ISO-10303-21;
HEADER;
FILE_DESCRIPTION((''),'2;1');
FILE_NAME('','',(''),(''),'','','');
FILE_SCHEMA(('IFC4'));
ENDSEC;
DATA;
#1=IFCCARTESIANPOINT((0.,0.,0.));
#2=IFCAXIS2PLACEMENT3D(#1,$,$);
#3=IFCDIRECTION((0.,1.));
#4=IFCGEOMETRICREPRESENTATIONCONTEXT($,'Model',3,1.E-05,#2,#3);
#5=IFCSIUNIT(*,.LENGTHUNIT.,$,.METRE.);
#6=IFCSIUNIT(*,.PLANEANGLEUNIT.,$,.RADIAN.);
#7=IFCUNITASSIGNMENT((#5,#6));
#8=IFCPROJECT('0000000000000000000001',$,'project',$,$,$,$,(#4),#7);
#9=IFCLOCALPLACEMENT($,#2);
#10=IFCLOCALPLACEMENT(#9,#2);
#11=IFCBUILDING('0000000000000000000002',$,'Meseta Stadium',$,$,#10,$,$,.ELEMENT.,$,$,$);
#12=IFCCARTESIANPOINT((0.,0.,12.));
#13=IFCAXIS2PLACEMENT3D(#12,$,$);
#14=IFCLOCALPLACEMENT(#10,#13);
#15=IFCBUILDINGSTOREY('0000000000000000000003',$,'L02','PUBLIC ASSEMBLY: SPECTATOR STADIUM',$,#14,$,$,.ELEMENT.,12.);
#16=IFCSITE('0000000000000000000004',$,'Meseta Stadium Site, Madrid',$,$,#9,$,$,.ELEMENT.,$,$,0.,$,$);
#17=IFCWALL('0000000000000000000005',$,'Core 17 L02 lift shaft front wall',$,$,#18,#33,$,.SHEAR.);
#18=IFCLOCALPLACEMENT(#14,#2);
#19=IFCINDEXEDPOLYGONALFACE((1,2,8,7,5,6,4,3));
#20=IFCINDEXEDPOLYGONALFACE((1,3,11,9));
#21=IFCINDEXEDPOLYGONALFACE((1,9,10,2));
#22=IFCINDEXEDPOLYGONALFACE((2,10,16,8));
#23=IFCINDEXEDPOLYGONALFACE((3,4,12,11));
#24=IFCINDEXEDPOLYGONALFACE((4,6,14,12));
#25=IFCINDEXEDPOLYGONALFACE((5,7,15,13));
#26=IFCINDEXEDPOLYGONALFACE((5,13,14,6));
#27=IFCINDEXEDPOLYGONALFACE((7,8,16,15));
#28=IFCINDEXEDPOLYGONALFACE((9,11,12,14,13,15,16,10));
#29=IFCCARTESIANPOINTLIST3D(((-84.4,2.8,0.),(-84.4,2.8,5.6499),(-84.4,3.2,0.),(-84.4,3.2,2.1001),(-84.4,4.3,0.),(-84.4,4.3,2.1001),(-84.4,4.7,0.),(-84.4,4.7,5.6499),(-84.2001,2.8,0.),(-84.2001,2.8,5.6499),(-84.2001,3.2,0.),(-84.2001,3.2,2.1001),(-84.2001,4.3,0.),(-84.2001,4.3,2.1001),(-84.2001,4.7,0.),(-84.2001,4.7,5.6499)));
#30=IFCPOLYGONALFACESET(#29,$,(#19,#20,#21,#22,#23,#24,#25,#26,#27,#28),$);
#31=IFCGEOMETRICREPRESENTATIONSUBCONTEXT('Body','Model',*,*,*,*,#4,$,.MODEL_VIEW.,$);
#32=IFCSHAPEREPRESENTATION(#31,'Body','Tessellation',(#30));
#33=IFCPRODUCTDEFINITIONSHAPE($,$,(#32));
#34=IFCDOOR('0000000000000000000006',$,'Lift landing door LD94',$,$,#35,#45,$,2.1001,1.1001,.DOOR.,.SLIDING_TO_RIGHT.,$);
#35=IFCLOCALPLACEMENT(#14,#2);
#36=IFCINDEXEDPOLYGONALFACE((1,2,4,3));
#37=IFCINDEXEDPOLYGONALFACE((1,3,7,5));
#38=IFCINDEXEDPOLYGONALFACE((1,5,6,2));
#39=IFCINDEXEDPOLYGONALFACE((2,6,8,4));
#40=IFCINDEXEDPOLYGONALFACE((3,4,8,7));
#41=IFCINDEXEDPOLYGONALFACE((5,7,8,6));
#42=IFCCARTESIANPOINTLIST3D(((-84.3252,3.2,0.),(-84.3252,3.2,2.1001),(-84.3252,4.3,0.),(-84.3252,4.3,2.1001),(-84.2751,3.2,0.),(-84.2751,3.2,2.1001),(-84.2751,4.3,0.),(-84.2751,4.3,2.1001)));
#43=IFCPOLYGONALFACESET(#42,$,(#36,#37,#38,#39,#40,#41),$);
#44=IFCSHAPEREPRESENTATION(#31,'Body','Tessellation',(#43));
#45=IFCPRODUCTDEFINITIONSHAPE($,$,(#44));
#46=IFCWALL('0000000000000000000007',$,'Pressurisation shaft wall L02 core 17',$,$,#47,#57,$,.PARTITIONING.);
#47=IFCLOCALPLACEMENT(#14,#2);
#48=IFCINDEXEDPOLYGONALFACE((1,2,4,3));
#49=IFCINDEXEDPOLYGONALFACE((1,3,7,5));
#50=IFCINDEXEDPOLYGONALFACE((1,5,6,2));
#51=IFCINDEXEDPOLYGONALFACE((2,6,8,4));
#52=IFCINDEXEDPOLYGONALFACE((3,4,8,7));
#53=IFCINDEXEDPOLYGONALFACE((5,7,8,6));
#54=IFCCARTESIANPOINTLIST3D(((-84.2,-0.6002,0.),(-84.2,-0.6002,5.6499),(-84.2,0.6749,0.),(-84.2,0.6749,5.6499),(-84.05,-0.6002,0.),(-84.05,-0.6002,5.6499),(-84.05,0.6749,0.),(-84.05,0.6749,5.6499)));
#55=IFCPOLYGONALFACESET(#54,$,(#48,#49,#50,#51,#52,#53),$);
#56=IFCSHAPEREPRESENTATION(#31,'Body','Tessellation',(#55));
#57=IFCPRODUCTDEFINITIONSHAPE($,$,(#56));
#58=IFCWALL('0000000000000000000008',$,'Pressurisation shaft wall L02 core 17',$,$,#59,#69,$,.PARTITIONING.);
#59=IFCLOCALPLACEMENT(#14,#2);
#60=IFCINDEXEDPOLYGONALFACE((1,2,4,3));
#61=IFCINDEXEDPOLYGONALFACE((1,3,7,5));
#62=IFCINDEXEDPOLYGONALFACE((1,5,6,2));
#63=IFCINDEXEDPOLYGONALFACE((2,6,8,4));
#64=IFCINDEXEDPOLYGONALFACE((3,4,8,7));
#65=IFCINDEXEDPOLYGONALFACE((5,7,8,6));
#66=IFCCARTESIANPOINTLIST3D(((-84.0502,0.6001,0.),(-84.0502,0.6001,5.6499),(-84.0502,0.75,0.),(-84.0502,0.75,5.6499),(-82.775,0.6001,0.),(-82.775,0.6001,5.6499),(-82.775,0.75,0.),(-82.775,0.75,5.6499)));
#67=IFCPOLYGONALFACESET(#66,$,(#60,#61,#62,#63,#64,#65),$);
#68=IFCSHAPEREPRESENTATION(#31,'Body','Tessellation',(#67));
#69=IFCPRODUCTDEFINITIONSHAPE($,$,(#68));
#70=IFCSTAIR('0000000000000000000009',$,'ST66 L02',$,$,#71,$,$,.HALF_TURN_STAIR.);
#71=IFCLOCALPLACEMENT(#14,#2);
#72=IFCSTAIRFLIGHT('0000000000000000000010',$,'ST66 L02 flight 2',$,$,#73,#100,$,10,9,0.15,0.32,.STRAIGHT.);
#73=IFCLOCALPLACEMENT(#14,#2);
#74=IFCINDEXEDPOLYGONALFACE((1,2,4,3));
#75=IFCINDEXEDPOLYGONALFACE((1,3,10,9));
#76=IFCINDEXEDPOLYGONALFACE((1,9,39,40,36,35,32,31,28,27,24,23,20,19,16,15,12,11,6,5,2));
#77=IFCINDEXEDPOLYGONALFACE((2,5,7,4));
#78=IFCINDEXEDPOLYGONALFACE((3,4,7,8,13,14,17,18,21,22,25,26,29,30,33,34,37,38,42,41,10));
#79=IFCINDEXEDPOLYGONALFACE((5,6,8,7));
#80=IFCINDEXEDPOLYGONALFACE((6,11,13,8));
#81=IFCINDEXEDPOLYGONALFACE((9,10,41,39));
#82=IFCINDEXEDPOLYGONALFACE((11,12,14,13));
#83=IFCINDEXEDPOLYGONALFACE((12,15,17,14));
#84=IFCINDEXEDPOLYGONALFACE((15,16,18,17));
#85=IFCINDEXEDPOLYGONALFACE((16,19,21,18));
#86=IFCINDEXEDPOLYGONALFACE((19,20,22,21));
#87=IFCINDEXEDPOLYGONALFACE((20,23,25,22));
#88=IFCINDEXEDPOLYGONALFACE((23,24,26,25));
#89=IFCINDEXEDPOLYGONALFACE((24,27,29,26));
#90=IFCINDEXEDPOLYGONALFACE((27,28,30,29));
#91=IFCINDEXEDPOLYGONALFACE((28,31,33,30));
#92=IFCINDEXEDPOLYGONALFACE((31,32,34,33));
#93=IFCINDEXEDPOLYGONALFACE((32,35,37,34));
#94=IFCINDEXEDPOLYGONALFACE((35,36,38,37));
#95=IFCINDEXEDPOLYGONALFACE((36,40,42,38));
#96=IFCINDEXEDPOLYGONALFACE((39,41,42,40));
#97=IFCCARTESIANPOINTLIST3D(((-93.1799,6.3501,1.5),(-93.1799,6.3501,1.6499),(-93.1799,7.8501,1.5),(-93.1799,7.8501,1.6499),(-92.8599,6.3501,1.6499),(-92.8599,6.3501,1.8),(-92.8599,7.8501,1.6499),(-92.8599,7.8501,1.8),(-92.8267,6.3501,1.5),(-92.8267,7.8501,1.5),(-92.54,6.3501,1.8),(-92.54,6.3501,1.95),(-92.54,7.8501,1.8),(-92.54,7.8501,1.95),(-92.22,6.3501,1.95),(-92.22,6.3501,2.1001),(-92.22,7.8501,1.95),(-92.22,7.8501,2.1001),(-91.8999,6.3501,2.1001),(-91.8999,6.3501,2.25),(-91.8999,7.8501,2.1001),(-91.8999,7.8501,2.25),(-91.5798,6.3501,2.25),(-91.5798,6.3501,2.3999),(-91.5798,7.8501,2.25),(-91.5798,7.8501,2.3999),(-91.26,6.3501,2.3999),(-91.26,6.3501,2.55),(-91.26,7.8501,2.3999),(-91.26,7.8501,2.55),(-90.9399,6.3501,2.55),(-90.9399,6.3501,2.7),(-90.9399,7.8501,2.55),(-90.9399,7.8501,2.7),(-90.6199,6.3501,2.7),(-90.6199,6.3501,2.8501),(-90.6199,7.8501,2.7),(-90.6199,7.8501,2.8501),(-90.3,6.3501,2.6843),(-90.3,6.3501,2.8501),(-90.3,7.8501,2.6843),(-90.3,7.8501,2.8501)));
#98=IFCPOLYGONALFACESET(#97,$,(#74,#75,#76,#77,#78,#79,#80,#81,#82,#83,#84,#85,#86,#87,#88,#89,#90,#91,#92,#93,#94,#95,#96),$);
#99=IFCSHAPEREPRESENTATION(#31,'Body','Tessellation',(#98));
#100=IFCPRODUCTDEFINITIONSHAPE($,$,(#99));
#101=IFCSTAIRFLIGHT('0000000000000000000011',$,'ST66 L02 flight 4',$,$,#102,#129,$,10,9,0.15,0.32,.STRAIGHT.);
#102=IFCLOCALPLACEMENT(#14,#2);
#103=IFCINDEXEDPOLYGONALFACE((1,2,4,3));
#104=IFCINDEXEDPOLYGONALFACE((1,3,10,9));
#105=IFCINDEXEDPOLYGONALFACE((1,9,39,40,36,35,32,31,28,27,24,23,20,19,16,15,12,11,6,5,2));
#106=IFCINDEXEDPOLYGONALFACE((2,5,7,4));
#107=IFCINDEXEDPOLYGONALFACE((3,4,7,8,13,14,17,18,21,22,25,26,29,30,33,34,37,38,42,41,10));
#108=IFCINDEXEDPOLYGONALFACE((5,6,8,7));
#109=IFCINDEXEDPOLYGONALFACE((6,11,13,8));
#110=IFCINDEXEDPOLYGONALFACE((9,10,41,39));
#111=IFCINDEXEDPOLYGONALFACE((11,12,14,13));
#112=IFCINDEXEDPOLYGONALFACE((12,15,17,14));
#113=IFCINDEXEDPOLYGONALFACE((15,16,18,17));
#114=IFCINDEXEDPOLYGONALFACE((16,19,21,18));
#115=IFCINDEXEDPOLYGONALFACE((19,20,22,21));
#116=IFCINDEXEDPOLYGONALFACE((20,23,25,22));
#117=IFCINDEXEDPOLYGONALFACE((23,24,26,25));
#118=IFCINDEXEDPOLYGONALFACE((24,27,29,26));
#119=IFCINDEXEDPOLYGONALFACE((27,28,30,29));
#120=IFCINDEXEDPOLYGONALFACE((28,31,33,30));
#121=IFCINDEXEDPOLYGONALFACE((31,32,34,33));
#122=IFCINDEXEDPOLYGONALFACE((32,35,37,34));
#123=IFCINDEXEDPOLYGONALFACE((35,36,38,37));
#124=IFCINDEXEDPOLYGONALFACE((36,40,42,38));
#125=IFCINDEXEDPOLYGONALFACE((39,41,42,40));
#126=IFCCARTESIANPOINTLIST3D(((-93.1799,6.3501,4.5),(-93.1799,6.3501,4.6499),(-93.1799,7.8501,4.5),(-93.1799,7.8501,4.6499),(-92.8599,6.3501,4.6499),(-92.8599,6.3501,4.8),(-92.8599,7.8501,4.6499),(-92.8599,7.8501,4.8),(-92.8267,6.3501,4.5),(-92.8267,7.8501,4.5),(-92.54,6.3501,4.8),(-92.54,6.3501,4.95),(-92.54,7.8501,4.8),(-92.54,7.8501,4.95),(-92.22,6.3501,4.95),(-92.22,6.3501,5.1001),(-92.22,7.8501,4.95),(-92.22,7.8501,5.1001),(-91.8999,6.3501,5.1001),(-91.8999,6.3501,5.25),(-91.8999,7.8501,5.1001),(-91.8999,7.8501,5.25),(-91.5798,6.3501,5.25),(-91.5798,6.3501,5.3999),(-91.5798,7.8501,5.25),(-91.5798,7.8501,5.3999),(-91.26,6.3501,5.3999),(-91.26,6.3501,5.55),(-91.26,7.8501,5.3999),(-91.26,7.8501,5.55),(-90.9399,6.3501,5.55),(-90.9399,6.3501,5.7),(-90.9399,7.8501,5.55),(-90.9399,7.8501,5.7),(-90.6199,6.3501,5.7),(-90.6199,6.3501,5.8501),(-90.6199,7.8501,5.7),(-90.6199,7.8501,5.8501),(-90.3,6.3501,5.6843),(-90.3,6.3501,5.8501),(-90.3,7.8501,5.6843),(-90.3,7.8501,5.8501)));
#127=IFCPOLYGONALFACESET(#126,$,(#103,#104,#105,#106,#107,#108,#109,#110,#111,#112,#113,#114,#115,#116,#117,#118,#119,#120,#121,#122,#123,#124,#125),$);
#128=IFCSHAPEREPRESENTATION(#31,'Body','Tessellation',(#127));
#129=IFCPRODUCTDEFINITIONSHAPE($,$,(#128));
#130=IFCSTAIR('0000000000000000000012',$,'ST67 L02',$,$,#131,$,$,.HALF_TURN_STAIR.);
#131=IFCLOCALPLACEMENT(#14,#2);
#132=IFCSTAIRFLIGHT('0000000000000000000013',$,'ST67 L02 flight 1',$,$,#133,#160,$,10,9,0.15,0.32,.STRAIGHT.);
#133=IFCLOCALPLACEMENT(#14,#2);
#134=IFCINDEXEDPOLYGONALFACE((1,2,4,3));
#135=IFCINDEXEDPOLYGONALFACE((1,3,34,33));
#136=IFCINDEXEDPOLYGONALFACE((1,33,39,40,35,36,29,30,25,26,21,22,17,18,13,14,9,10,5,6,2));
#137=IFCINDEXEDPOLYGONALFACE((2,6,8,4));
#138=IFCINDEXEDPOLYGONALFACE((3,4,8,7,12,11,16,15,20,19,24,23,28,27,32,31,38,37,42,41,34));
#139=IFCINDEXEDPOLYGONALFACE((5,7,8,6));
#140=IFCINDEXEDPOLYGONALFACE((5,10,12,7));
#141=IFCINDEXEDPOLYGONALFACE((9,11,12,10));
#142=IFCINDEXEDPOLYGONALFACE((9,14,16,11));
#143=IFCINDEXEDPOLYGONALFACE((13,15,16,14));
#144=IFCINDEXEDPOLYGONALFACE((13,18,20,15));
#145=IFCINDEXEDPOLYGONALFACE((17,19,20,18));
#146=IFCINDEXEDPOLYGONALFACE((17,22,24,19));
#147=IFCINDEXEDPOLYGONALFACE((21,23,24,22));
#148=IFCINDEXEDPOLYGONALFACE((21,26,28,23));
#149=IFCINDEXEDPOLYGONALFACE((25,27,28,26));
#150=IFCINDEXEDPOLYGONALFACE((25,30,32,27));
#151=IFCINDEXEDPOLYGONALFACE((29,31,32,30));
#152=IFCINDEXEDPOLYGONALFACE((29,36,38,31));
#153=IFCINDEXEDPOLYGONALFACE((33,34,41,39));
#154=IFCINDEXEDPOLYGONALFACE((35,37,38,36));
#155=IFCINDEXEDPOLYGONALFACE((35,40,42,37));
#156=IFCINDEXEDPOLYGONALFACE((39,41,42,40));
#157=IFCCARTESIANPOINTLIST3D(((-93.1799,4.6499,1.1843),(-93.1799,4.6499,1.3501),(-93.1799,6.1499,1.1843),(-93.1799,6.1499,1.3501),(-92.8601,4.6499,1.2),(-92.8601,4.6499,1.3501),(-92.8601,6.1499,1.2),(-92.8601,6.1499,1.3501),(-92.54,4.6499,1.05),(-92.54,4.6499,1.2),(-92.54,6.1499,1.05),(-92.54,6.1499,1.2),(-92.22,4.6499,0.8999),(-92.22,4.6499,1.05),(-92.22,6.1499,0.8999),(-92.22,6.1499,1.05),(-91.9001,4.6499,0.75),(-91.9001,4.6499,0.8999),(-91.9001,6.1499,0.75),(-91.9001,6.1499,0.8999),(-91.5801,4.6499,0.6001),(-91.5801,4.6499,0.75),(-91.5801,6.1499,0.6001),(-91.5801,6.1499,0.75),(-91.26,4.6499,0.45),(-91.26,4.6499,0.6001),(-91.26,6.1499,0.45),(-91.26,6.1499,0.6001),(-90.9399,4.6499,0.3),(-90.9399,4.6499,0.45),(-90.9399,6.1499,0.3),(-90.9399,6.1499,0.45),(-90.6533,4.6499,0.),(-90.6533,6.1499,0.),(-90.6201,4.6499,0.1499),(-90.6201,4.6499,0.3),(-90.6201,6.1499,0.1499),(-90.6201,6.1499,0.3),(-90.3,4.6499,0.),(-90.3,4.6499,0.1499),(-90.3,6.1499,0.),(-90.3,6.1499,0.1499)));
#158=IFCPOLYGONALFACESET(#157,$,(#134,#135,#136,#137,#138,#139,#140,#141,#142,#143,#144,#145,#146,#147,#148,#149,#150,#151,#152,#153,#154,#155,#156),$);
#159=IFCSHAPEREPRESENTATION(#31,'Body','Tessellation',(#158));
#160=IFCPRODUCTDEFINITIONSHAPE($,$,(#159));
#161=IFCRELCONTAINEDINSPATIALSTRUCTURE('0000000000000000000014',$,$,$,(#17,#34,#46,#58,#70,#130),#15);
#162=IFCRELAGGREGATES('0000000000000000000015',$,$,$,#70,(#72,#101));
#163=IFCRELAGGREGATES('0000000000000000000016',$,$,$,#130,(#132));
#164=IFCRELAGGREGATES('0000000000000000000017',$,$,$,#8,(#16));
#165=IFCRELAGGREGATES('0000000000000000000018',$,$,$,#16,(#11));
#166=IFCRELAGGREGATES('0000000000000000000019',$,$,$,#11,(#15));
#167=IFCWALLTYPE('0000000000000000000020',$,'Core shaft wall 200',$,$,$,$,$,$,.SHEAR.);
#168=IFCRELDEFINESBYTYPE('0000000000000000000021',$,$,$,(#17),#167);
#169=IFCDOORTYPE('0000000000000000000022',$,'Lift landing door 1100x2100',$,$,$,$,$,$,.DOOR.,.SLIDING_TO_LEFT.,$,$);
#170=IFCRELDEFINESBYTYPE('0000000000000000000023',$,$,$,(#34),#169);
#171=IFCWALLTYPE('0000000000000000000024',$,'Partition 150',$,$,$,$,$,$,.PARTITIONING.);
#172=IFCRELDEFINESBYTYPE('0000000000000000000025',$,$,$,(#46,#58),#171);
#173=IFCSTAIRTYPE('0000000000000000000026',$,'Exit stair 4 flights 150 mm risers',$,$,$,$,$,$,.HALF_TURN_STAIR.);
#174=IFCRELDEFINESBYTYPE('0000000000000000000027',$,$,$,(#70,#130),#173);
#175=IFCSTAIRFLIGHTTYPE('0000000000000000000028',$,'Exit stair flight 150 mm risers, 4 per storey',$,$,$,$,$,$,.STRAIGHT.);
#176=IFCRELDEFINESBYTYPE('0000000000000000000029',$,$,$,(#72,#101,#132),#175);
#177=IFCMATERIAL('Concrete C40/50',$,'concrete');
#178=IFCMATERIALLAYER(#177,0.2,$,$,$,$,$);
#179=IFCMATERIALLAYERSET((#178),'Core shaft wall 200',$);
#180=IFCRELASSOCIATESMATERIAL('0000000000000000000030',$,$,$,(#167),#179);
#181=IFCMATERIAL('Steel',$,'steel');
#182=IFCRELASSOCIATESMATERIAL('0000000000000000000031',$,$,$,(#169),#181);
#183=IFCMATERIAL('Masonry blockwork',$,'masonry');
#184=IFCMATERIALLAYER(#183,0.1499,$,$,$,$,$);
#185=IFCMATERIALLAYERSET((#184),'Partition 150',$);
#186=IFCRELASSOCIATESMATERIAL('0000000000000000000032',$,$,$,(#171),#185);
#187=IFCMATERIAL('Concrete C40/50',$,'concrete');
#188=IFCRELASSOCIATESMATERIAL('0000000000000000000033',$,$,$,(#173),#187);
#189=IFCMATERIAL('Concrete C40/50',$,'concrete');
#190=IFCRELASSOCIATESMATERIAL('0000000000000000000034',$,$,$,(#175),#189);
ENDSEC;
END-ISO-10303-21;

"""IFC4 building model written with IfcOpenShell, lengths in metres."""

from ifc_helpers import new_model, si_unit, direction, frame, frame_2d, origin, place, context, subcontext, project, spatial, polyline, rectangle, outline, extrude, material, layer, layer_set, type_object, element, fill, aggregate, save


model = new_model("IFC4")

# Units and contexts
model_context = context("Model", 3, precision=1e-05, world=origin(), true_north=direction((0.0, 1.0)))
body_context = subcontext(model_context, "Body", "Model", "MODEL_VIEW")
ifc_project = project(units=[si_unit("LENGTHUNIT", "METRE"), si_unit("PLANEANGLEUNIT", "RADIAN")], contexts=[model_context])

# Site, building, storey
site_placement = place(None, origin())
site = spatial("IfcSite", under=ifc_project, at=site_placement, Name="Meseta Stadium Site, Madrid", CompositionType="ELEMENT", RefElevation=0.0)
building_placement = place(site_placement, origin())
building = spatial("IfcBuilding", under=site, at=building_placement, Name="Meseta Stadium", CompositionType="ELEMENT")
storey_placement = place(building_placement, frame((0.0, 0.0, 12.0)))
storey = spatial("IfcBuildingStorey", under=building, at=storey_placement, Name="L02", Description="PUBLIC ASSEMBLY: SPECTATOR STADIUM", CompositionType="ELEMENT", Elevation=12.0)

# Shared definitions
ifc_material_1 = material(Name="Concrete C40/50", Category="concrete")
ifc_layer_1 = layer(ifc_material_1, 0.2)
ifc_layer_set_1 = layer_set([ifc_layer_1], Name="Core shaft wall 200")
wall_type_1 = type_object("IfcWallType", Name="Core shaft wall 200", PredefinedType="SHEAR", material=ifc_layer_set_1)

# Wall, opening, door
wall_1_placement = place(storey_placement, frame((-84.3, 4.7, 0.0), z_axis=(0.0, 0.0, 1.0), x_axis=(0.0, -1.0, 0.0)))
wall_1 = element("IfcWall", 1, at=wall_1_placement, inside=storey, type_object=wall_type_1, Name="Core 17 L02 lift shaft front wall", PredefinedType="SHEAR", context=body_context, shape_type="SweptSolid", body=[
    extrude(rectangle(XDim=1.8999, YDim=0.2, at=frame_2d((0.95, 0.0))), origin(), (0.0, 0.0, 1.0), 5.6499),
])
opening_1_placement = place(wall_1_placement, frame((0.3999, 0.0, 0.0)))
opening_1 = element("IfcOpeningElement", 2, at=opening_1_placement, cuts=wall_1, PredefinedType="OPENING", context=body_context, shape_type="SweptSolid", body=[
    extrude(rectangle(XDim=1.1001, YDim=2.1001, at=frame_2d((0.55, 1.05))), frame((0.0, 0.1099, 0.0), z_axis=(0.0, -1.0, 0.0), x_axis=(1.0, 0.0, 0.0)), (0.0, 0.0, 1.0), 0.22),
])
ifc_material_2 = material(Name="Steel", Category="steel")
door_type_1 = type_object("IfcDoorType", Name="Lift landing door 1100x2100", OperationType="SLIDING_TO_LEFT", PredefinedType="DOOR", material=ifc_material_2)
door_1_placement = place(opening_1_placement, origin())
door_1 = element("IfcDoor", 3, at=door_1_placement, inside=storey, type_object=door_type_1, Name="Lift landing door LD94", OperationType="SLIDING_TO_RIGHT", OverallHeight=2.1001, OverallWidth=1.1001, PredefinedType="DOOR", context=body_context, shape_type="SweptSolid", body=[
    extrude(rectangle(XDim=1.1001, YDim=2.1001, at=frame_2d((0.55, 1.05))), frame((0.0, 0.0249, 0.0), z_axis=(0.0, -1.0, 0.0), x_axis=(1.0, 0.0, 0.0)), (0.0, 0.0, 1.0), 0.05),
])
fill(opening_1, door_1)

# Walls
ifc_material_3 = material(Name="Masonry blockwork", Category="masonry")
ifc_layer_2 = layer(ifc_material_3, 0.1499)
ifc_layer_set_2 = layer_set([ifc_layer_2], Name="Partition 150")
wall_type_2 = type_object("IfcWallType", Name="Partition 150", PredefinedType="PARTITIONING", material=ifc_layer_set_2)
for number, where, z_axis, x_axis, name in (
    (4, (-84.125, 0.675, 0.0), (0.0, 0.0, 1.0), (0.0, -1.0, 0.0), "Pressurisation shaft wall L02 core 17"),
    (5, (-82.7749, 0.675, 0.0), (0.0, 0.0, 1.0), (-1.0, 0.0, 0.0), "Pressurisation shaft wall L02 core 17"),
):
    element("IfcWall", number, at=place(storey_placement, frame(where, z_axis=z_axis, x_axis=x_axis)), inside=storey, type_object=wall_type_2, Name=name, PredefinedType="PARTITIONING", context=body_context, shape_type="SweptSolid", body=[
        extrude(rectangle(XDim=1.2751, YDim=0.1499, at=frame_2d((0.6377, 0.0))), origin(), (0.0, 0.0, 1.0), 5.6499),
    ])

# Stairs, stair flights
ifc_material_4 = material(Name="Concrete C40/50", Category="concrete")
stair_type = type_object("IfcStairType", Name="Exit stair 4 flights 150 mm risers", PredefinedType="HALF_TURN_STAIR", material=ifc_material_4)
stair_1_placement = place(storey_placement, origin())
stair_1 = element("IfcStair", 6, at=stair_1_placement, inside=storey, type_object=stair_type, Name="ST66 L02", PredefinedType="HALF_TURN_STAIR")
ifc_material_5 = material(Name="Concrete C40/50", Category="concrete")
stair_flight_type = type_object("IfcStairFlightType", Name="Exit stair flight 150 mm risers, 4 per storey", PredefinedType="STRAIGHT", material=ifc_material_5)
stair_flight_1_placement = place(storey_placement, frame((-93.1799, 7.1001, 1.5), z_axis=(0.0, 0.0, 1.0), x_axis=(1.0, 0.0, 0.0)))
stair_flight_1 = element("IfcStairFlight", 7, at=stair_flight_1_placement, type_object=stair_flight_type, Name="ST66 L02 flight 2", NumberOfRisers=10, NumberOfTreads=9, PredefinedType="STRAIGHT", RiserHeight=0.15, TreadLength=0.32, context=body_context, shape_type="SweptSolid", body=[
    extrude(outline(polyline([(0.0, 0.0), (0.0, 0.1499), (0.3201, 0.1499), (0.3201, 0.3), (0.6399, 0.3), (0.6399, 0.45), (0.96, 0.45), (0.96, 0.6001), (1.28, 0.6001), (1.28, 0.75), (1.6001, 0.75), (1.6001, 0.8999), (1.9199, 0.8999), (1.9199, 1.05), (2.24, 1.05), (2.24, 1.2), (2.5601, 1.2), (2.5601, 1.3501), (2.8799, 1.3501), (2.8799, 1.1843), (0.3533, 0.0), (0.0, 0.0)])), frame((0.0, 0.75, 0.0), z_axis=(0.0, -1.0, 0.0), x_axis=(1.0, 0.0, 0.0)), (0.0, 0.0, 1.0), 1.5),
])
stair_flight_2_placement = place(storey_placement, frame((-93.1799, 7.1001, 4.5), z_axis=(0.0, 0.0, 1.0), x_axis=(1.0, 0.0, 0.0)))
stair_flight_2 = element("IfcStairFlight", 8, at=stair_flight_2_placement, type_object=stair_flight_type, Name="ST66 L02 flight 4", NumberOfRisers=10, NumberOfTreads=9, PredefinedType="STRAIGHT", RiserHeight=0.15, TreadLength=0.32, context=body_context, shape_type="SweptSolid", body=[
    extrude(outline(polyline([(0.0, 0.0), (0.0, 0.1499), (0.3201, 0.1499), (0.3201, 0.3), (0.6399, 0.3), (0.6399, 0.45), (0.96, 0.45), (0.96, 0.6001), (1.28, 0.6001), (1.28, 0.75), (1.6001, 0.75), (1.6001, 0.8999), (1.9199, 0.8999), (1.9199, 1.05), (2.24, 1.05), (2.24, 1.2), (2.5601, 1.2), (2.5601, 1.3501), (2.8799, 1.3501), (2.8799, 1.1843), (0.3533, 0.0), (0.0, 0.0)])), frame((0.0, 0.75, 0.0), z_axis=(0.0, -1.0, 0.0), x_axis=(1.0, 0.0, 0.0)), (0.0, 0.0, 1.0), 1.5),
])
aggregate(stair_1, [stair_flight_1, stair_flight_2])
stair_2_placement = place(storey_placement, origin())
stair_2 = element("IfcStair", 9, at=stair_2_placement, inside=storey, type_object=stair_type, Name="ST67 L02", PredefinedType="HALF_TURN_STAIR")
stair_flight_3_placement = place(storey_placement, frame((-90.3, 5.3999, 0.0), z_axis=(0.0, 0.0, 1.0), x_axis=(-1.0, 0.0, 0.0)))
stair_flight_3 = element("IfcStairFlight", 10, at=stair_flight_3_placement, type_object=stair_flight_type, Name="ST67 L02 flight 1", NumberOfRisers=10, NumberOfTreads=9, PredefinedType="STRAIGHT", RiserHeight=0.15, TreadLength=0.32, context=body_context, shape_type="SweptSolid", body=[
    extrude(outline(polyline([(0.0, 0.0), (0.0, 0.1499), (0.3201, 0.1499), (0.3201, 0.3), (0.6399, 0.3), (0.6399, 0.45), (0.96, 0.45), (0.96, 0.6001), (1.28, 0.6001), (1.28, 0.75), (1.6001, 0.75), (1.6001, 0.8999), (1.9199, 0.8999), (1.9199, 1.05), (2.24, 1.05), (2.24, 1.2), (2.5601, 1.2), (2.5601, 1.3501), (2.8799, 1.3501), (2.8799, 1.1843), (0.3533, 0.0), (0.0, 0.0)])), frame((0.0, 0.75, 0.0), z_axis=(0.0, -1.0, 0.0), x_axis=(1.0, 0.0, 0.0)), (0.0, 0.0, 1.0), 1.5),
])
aggregate(stair_2, [stair_flight_3])

save(model, "model.ifc")
